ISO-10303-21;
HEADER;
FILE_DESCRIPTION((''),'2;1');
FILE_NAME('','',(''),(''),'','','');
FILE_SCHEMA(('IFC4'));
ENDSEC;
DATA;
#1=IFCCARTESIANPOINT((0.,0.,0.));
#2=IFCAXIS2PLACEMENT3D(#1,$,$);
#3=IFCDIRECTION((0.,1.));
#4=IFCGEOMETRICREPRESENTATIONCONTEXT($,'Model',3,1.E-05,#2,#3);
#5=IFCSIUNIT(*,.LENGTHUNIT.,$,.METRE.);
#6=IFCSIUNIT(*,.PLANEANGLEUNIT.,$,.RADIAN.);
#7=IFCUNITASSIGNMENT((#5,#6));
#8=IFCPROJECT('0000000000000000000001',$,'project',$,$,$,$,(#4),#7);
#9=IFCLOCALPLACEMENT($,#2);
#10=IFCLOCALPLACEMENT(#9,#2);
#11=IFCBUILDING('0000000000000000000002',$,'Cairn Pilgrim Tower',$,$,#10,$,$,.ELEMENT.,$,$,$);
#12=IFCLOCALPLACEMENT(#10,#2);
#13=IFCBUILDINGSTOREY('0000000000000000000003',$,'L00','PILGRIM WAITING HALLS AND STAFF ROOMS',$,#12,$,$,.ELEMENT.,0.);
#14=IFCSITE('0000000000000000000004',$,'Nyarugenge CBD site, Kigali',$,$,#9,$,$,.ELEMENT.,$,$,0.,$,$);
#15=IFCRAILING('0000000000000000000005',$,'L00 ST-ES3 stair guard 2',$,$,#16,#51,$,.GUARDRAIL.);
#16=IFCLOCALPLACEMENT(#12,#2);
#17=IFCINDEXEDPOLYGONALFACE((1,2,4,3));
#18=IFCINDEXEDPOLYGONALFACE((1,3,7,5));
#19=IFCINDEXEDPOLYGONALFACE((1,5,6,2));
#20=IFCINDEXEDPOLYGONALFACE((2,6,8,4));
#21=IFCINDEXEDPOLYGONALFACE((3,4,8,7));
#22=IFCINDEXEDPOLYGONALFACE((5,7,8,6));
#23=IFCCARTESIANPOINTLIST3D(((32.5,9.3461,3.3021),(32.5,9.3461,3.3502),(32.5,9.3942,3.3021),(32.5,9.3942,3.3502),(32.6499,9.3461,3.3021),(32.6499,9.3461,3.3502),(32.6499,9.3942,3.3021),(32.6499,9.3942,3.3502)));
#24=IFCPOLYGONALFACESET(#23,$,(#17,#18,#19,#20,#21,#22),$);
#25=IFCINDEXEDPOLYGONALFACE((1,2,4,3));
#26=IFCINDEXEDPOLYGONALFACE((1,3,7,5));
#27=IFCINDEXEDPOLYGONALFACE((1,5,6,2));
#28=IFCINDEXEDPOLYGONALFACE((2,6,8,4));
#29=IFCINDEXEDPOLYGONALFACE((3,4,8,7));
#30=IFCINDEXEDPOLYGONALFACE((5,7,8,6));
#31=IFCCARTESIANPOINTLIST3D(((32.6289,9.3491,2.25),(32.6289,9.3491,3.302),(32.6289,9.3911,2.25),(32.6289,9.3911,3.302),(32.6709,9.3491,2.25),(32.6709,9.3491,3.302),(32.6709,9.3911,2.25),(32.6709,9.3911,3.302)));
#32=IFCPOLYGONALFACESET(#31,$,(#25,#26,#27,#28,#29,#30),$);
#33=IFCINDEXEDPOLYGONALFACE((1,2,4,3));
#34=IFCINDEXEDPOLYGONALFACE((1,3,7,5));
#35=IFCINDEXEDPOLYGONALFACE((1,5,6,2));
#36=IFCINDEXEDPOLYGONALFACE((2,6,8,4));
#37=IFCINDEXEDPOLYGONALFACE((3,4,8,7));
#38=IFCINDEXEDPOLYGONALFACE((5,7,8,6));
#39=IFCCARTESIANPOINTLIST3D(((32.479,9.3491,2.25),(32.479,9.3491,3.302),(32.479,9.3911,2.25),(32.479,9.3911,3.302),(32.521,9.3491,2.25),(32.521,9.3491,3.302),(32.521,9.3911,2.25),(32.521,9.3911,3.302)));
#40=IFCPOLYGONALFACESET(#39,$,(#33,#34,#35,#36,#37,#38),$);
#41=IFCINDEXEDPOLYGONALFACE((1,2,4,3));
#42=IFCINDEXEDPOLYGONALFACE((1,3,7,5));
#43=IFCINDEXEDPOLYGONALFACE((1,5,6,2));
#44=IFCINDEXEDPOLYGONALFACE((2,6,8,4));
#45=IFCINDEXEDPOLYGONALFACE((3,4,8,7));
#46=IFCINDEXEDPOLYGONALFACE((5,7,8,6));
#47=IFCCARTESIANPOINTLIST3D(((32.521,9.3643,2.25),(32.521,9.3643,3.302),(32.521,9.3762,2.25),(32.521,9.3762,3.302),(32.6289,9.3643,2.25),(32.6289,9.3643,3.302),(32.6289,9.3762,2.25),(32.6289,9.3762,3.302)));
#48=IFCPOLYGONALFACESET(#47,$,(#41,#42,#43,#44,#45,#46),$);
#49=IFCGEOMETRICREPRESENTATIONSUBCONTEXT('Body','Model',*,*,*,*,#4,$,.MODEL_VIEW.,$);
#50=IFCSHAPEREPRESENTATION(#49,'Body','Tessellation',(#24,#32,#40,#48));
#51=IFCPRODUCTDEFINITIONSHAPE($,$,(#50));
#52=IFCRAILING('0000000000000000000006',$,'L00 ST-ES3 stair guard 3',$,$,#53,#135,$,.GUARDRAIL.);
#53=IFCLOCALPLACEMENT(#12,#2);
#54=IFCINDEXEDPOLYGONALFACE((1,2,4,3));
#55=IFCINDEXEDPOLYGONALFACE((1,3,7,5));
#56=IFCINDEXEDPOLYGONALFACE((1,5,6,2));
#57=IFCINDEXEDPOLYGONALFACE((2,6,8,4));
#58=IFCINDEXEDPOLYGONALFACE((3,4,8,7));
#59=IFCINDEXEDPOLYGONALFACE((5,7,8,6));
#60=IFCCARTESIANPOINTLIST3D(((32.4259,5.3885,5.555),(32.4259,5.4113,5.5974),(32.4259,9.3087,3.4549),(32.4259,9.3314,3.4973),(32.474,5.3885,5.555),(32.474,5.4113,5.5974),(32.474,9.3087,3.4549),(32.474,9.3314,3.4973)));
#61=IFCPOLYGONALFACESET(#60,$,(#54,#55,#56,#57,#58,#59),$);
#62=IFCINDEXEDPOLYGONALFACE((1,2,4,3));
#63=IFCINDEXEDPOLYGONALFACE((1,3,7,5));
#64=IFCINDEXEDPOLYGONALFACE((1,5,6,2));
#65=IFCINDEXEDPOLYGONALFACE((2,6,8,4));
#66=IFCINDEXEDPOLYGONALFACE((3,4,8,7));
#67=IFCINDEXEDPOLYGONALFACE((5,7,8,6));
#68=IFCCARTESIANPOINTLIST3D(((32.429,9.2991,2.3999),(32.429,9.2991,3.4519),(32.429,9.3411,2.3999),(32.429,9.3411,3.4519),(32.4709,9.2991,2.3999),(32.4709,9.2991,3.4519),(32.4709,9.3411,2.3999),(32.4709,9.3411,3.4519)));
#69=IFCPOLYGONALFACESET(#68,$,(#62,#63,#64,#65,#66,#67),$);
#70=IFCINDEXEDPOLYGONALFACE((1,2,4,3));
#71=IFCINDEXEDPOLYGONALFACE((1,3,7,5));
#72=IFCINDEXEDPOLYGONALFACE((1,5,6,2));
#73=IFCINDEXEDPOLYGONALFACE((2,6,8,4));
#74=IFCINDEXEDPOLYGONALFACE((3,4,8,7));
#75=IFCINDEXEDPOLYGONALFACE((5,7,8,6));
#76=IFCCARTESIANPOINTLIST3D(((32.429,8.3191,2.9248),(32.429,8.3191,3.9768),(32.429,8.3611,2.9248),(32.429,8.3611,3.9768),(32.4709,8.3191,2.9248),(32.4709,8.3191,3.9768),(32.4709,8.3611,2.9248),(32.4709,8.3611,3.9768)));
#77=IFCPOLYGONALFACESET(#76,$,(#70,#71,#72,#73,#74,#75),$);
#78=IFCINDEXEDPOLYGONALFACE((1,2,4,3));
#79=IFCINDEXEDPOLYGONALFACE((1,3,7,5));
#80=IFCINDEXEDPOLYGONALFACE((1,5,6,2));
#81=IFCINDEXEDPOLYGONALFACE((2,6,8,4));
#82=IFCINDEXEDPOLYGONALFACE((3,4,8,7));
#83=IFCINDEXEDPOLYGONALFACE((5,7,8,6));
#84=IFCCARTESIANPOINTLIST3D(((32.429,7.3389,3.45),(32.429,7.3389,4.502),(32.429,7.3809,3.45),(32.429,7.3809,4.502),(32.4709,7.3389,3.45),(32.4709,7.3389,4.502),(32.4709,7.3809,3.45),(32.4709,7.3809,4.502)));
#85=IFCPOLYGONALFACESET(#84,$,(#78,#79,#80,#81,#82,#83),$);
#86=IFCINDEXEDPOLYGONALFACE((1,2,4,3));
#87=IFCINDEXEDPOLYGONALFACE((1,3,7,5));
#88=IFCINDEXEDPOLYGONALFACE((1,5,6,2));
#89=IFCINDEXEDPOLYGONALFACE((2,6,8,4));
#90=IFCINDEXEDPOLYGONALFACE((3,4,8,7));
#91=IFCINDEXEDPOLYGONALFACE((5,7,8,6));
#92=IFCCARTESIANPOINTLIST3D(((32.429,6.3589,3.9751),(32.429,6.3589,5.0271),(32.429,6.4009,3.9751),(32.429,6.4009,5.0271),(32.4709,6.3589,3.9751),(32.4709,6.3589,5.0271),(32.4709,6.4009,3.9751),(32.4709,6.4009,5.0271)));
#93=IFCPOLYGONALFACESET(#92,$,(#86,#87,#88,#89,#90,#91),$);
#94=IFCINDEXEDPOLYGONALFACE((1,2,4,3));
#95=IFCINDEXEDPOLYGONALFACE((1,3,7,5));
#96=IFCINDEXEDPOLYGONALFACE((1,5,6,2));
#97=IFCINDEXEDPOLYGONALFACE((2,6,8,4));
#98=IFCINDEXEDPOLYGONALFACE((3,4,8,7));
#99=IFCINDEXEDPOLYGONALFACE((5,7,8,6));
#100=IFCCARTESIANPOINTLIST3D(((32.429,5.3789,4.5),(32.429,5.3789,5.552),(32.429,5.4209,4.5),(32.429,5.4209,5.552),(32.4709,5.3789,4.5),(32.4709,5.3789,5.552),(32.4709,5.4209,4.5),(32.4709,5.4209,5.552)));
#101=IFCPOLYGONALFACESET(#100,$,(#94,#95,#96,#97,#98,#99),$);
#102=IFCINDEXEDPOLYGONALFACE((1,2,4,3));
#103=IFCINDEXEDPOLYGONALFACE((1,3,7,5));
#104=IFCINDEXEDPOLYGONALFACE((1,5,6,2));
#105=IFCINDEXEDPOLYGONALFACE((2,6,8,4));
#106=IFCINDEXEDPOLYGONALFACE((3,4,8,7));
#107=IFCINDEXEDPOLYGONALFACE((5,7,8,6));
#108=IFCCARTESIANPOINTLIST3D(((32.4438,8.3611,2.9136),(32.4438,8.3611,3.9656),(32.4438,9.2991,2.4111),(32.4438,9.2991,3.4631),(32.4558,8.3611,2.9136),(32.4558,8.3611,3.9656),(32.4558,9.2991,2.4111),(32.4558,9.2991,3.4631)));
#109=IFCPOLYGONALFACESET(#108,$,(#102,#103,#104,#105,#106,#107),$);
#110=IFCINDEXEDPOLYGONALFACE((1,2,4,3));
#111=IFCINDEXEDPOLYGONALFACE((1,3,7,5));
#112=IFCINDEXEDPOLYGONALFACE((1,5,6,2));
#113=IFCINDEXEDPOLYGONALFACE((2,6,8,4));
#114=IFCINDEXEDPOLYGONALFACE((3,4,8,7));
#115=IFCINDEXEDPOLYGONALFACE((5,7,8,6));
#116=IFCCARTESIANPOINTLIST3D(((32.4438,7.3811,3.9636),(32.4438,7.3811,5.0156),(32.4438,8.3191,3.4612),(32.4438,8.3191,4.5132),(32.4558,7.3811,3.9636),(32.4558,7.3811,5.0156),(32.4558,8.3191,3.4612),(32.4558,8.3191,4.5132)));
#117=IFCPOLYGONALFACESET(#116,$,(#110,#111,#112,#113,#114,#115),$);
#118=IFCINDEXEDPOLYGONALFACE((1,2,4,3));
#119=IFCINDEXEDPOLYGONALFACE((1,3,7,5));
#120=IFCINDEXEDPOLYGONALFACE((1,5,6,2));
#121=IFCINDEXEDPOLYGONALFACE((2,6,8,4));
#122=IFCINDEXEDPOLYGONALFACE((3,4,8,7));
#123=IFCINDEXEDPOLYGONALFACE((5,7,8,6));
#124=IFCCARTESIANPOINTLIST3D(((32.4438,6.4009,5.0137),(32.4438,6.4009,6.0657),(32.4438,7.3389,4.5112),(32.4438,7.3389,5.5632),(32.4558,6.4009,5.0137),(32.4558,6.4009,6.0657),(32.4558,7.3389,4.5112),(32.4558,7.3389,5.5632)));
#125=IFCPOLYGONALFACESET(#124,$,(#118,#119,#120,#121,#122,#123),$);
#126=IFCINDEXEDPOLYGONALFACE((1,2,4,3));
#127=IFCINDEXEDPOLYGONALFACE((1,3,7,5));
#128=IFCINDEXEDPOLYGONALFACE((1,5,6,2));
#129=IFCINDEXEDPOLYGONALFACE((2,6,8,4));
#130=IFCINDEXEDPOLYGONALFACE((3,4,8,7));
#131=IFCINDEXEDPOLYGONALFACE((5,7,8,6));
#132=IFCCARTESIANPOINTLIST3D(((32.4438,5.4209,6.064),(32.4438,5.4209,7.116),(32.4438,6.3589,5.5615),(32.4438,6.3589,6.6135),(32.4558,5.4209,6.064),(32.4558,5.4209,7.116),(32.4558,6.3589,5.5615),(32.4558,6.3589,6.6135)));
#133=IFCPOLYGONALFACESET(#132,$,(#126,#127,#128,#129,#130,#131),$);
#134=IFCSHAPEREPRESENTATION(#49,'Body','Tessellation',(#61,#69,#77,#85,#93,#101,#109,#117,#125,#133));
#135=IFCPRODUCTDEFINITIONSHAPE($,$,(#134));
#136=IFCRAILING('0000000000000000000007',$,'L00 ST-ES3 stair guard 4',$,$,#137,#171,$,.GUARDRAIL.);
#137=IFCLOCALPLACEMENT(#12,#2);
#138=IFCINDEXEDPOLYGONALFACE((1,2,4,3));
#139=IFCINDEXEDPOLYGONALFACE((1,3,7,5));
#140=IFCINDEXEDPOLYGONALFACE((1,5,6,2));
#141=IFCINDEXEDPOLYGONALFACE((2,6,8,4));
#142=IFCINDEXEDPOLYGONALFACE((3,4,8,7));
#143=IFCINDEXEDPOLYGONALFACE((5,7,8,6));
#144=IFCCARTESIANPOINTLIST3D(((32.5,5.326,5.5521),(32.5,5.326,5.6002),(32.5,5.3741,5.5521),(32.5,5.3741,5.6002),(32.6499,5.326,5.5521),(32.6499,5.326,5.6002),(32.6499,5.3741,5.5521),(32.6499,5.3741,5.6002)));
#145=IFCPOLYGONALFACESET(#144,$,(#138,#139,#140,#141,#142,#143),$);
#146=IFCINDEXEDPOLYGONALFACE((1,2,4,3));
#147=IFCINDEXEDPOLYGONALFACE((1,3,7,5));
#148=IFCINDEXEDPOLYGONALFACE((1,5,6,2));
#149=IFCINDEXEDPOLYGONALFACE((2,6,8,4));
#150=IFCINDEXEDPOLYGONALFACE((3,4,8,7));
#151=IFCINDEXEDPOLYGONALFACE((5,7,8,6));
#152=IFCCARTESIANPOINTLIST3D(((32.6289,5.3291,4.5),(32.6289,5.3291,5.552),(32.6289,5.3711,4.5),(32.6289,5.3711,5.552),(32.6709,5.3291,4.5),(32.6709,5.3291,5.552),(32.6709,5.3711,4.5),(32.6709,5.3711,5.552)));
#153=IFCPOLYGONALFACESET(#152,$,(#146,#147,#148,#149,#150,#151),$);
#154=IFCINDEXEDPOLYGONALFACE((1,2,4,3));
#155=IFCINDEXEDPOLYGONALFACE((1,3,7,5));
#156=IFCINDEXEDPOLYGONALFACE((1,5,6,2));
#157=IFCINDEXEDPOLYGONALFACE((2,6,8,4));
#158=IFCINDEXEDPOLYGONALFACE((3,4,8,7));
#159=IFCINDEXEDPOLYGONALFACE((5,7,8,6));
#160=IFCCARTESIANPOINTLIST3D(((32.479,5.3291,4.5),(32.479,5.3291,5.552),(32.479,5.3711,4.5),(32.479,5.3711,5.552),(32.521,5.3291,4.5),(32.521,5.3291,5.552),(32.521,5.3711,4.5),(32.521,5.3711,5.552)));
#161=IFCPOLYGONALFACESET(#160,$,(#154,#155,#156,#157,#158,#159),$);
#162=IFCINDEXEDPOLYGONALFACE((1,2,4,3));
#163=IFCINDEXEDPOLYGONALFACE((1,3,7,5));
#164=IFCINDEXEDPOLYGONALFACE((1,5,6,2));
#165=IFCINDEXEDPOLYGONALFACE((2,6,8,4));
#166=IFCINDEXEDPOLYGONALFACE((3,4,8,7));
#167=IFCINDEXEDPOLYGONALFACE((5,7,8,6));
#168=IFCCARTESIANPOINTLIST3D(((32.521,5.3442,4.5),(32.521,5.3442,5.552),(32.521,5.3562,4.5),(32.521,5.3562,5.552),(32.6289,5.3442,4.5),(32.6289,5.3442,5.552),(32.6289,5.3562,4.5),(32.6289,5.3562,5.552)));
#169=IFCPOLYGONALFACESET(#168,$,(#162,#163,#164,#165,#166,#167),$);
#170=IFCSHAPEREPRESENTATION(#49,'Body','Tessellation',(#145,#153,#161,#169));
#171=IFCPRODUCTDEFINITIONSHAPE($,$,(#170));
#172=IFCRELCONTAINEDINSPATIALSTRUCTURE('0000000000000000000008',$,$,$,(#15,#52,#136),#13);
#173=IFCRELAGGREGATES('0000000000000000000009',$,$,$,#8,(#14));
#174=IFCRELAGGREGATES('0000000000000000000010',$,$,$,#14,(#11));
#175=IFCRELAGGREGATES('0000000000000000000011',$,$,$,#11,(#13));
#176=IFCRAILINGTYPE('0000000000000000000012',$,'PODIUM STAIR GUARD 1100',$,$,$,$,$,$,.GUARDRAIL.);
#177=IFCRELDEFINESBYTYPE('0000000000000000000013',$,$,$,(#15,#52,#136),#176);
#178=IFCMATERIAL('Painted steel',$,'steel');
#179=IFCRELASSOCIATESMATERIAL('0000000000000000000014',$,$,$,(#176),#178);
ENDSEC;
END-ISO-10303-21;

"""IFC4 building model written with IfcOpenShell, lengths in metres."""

from ifc_helpers import new_model, si_unit, direction, frame, origin, origin_2d, place, context, subcontext, project, spatial, polyline, rectangle, outline, extrude, material, type_object, element, save


model = new_model("IFC4")

# Units and contexts
model_context = context("Model", 3, precision=1e-05, world=origin(), true_north=direction((0.0, 1.0)))
body_context = subcontext(model_context, "Body", "Model", "MODEL_VIEW")
ifc_project = project(units=[si_unit("LENGTHUNIT", "METRE"), si_unit("PLANEANGLEUNIT", "RADIAN")], contexts=[model_context])

# Site, building, storey
site_placement = place(None, origin())
site = spatial("IfcSite", under=ifc_project, at=site_placement, Name="Nyarugenge CBD site, Kigali", CompositionType="ELEMENT", RefElevation=0.0)
building_placement = place(site_placement, origin())
building = spatial("IfcBuilding", under=site, at=building_placement, Name="Cairn Pilgrim Tower", CompositionType="ELEMENT")
storey_placement = place(building_placement, origin())
storey = spatial("IfcBuildingStorey", under=building, at=storey_placement, Name="L00", Description="PILGRIM WAITING HALLS AND STAFF ROOMS", CompositionType="ELEMENT", Elevation=0.0)

# Railings
ifc_material_1 = material(Name="Painted steel", Category="steel")
railing_type_1 = type_object("IfcRailingType", Name="PODIUM STAIR GUARD 1100", PredefinedType="GUARDRAIL", material=ifc_material_1)
railing_1_placement = place(storey_placement, frame((32.6499, 9.3701, 2.25)))
element("IfcRailing", 1, at=railing_1_placement, inside=storey, type_object=railing_type_1, Name="L00 ST-ES3 stair guard 2", PredefinedType="GUARDRAIL", context=body_context, shape_type="SweptSolid", body=[
    extrude(rectangle(XDim=0.0481, YDim=0.0481, at=origin_2d()), frame((0.0, 0.0, 1.0762), z_axis=(-1.0, 0.0, 0.0), x_axis=(0.0, -1.0, 0.0)), (0.0, 0.0, 1.0), 0.1499),
    extrude(rectangle(XDim=0.042, YDim=0.042, at=origin_2d()), origin(), (0.0, 0.0, 1.0), 1.052),
    extrude(rectangle(XDim=0.042, YDim=0.042, at=origin_2d()), frame((-0.1499, 0.0, 0.0)), (0.0, 0.0, 1.0), 1.052),
    extrude(outline(polyline([(0.021, 0.0), (0.1289, 0.0), (0.1289, 1.052), (0.021, 1.052), (0.021, 0.0)])), frame((0.0, -0.0059, 0.0), z_axis=(0.0, 1.0, 0.0), x_axis=(-1.0, 0.0, 0.0)), (0.0, 0.0, 1.0), 0.012),
])
railing_2_placement = place(storey_placement, frame((32.45, 9.3201, 2.3999)))
element("IfcRailing", 2, at=railing_2_placement, inside=storey, type_object=railing_type_1, Name="L00 ST-ES3 stair guard 3", PredefinedType="GUARDRAIL", context=body_context, shape_type="SweptSolid", body=[
    extrude(rectangle(XDim=0.0481, YDim=0.0481, at=origin_2d()), frame((0.0, 0.0, 1.0762), z_axis=(0.0, -0.881479, 0.472223), x_axis=(1.0, 0.0, 0.0)), (0.0, 0.0, 1.0), 4.4473),
    extrude(rectangle(XDim=0.042, YDim=0.042, at=origin_2d()), origin(), (0.0, 0.0, 1.0), 1.052),
    extrude(rectangle(XDim=0.042, YDim=0.042, at=origin_2d()), frame((0.0, -0.98, 0.5249)), (0.0, 0.0, 1.0), 1.052),
    extrude(rectangle(XDim=0.042, YDim=0.042, at=origin_2d()), frame((0.0, -1.9602, 1.05)), (0.0, 0.0, 1.0), 1.052),
    extrude(rectangle(XDim=0.042, YDim=0.042, at=origin_2d()), frame((0.0, -2.9402, 1.5752)), (0.0, 0.0, 1.0), 1.052),
    extrude(rectangle(XDim=0.042, YDim=0.042, at=origin_2d()), frame((0.0, -3.9202, 2.1001)), (0.0, 0.0, 1.0), 1.052),
    extrude(outline(polyline([(0.021, 0.0112), (0.959, 0.5137), (0.959, 1.5657), (0.021, 1.0632), (0.021, 0.0112)])), frame((0.0059, 0.0, 0.0), z_axis=(-1.0, 0.0, 0.0), x_axis=(0.0, -1.0, 0.0)), (0.0, 0.0, 1.0), 0.012),
    extrude(outline(polyline([(0.021, 0.5364), (0.959, 1.0388), (0.959, 2.0908), (0.021, 1.5884), (0.021, 0.5364)])), frame((0.0059, -0.98, 0.5249), z_axis=(-1.0, 0.0, 0.0), x_axis=(0.0, -1.0, 0.0)), (0.0, 0.0, 1.0), 0.012),
    extrude(outline(polyline([(0.021, 1.0613), (0.959, 1.5637), (0.959, 2.6157), (0.021, 2.1133), (0.021, 1.0613)])), frame((0.0059, -1.9602, 1.05), z_axis=(-1.0, 0.0, 0.0), x_axis=(0.0, -1.0, 0.0)), (0.0, 0.0, 1.0), 0.012),
    extrude(outline(polyline([(0.021, 1.5864), (0.959, 2.0889), (0.959, 3.1409), (0.021, 2.6384), (0.021, 1.5864)])), frame((0.0059, -2.9402, 1.5752), z_axis=(-1.0, 0.0, 0.0), x_axis=(0.0, -1.0, 0.0)), (0.0, 0.0, 1.0), 0.012),
])
railing_3_placement = place(storey_placement, frame((32.6499, 5.3501, 4.5)))
element("IfcRailing", 3, at=railing_3_placement, inside=storey, type_object=railing_type_1, Name="L00 ST-ES3 stair guard 4", PredefinedType="GUARDRAIL", context=body_context, shape_type="SweptSolid", body=[
    extrude(rectangle(XDim=0.0481, YDim=0.0481, at=origin_2d()), frame((0.0, 0.0, 1.0762), z_axis=(-1.0, 0.0, 0.0), x_axis=(0.0, -1.0, 0.0)), (0.0, 0.0, 1.0), 0.1499),
    extrude(rectangle(XDim=0.042, YDim=0.042, at=origin_2d()), origin(), (0.0, 0.0, 1.0), 1.052),
    extrude(rectangle(XDim=0.042, YDim=0.042, at=origin_2d()), frame((-0.1499, 0.0, 0.0)), (0.0, 0.0, 1.0), 1.052),
    extrude(outline(polyline([(0.021, 0.0), (0.1289, 0.0), (0.1289, 1.052), (0.021, 1.052), (0.021, 0.0)])), frame((0.0, -0.0059, 0.0), z_axis=(0.0, 1.0, 0.0), x_axis=(-1.0, 0.0, 0.0)), (0.0, 0.0, 1.0), 0.012),
])

save(model, "model.ifc")
